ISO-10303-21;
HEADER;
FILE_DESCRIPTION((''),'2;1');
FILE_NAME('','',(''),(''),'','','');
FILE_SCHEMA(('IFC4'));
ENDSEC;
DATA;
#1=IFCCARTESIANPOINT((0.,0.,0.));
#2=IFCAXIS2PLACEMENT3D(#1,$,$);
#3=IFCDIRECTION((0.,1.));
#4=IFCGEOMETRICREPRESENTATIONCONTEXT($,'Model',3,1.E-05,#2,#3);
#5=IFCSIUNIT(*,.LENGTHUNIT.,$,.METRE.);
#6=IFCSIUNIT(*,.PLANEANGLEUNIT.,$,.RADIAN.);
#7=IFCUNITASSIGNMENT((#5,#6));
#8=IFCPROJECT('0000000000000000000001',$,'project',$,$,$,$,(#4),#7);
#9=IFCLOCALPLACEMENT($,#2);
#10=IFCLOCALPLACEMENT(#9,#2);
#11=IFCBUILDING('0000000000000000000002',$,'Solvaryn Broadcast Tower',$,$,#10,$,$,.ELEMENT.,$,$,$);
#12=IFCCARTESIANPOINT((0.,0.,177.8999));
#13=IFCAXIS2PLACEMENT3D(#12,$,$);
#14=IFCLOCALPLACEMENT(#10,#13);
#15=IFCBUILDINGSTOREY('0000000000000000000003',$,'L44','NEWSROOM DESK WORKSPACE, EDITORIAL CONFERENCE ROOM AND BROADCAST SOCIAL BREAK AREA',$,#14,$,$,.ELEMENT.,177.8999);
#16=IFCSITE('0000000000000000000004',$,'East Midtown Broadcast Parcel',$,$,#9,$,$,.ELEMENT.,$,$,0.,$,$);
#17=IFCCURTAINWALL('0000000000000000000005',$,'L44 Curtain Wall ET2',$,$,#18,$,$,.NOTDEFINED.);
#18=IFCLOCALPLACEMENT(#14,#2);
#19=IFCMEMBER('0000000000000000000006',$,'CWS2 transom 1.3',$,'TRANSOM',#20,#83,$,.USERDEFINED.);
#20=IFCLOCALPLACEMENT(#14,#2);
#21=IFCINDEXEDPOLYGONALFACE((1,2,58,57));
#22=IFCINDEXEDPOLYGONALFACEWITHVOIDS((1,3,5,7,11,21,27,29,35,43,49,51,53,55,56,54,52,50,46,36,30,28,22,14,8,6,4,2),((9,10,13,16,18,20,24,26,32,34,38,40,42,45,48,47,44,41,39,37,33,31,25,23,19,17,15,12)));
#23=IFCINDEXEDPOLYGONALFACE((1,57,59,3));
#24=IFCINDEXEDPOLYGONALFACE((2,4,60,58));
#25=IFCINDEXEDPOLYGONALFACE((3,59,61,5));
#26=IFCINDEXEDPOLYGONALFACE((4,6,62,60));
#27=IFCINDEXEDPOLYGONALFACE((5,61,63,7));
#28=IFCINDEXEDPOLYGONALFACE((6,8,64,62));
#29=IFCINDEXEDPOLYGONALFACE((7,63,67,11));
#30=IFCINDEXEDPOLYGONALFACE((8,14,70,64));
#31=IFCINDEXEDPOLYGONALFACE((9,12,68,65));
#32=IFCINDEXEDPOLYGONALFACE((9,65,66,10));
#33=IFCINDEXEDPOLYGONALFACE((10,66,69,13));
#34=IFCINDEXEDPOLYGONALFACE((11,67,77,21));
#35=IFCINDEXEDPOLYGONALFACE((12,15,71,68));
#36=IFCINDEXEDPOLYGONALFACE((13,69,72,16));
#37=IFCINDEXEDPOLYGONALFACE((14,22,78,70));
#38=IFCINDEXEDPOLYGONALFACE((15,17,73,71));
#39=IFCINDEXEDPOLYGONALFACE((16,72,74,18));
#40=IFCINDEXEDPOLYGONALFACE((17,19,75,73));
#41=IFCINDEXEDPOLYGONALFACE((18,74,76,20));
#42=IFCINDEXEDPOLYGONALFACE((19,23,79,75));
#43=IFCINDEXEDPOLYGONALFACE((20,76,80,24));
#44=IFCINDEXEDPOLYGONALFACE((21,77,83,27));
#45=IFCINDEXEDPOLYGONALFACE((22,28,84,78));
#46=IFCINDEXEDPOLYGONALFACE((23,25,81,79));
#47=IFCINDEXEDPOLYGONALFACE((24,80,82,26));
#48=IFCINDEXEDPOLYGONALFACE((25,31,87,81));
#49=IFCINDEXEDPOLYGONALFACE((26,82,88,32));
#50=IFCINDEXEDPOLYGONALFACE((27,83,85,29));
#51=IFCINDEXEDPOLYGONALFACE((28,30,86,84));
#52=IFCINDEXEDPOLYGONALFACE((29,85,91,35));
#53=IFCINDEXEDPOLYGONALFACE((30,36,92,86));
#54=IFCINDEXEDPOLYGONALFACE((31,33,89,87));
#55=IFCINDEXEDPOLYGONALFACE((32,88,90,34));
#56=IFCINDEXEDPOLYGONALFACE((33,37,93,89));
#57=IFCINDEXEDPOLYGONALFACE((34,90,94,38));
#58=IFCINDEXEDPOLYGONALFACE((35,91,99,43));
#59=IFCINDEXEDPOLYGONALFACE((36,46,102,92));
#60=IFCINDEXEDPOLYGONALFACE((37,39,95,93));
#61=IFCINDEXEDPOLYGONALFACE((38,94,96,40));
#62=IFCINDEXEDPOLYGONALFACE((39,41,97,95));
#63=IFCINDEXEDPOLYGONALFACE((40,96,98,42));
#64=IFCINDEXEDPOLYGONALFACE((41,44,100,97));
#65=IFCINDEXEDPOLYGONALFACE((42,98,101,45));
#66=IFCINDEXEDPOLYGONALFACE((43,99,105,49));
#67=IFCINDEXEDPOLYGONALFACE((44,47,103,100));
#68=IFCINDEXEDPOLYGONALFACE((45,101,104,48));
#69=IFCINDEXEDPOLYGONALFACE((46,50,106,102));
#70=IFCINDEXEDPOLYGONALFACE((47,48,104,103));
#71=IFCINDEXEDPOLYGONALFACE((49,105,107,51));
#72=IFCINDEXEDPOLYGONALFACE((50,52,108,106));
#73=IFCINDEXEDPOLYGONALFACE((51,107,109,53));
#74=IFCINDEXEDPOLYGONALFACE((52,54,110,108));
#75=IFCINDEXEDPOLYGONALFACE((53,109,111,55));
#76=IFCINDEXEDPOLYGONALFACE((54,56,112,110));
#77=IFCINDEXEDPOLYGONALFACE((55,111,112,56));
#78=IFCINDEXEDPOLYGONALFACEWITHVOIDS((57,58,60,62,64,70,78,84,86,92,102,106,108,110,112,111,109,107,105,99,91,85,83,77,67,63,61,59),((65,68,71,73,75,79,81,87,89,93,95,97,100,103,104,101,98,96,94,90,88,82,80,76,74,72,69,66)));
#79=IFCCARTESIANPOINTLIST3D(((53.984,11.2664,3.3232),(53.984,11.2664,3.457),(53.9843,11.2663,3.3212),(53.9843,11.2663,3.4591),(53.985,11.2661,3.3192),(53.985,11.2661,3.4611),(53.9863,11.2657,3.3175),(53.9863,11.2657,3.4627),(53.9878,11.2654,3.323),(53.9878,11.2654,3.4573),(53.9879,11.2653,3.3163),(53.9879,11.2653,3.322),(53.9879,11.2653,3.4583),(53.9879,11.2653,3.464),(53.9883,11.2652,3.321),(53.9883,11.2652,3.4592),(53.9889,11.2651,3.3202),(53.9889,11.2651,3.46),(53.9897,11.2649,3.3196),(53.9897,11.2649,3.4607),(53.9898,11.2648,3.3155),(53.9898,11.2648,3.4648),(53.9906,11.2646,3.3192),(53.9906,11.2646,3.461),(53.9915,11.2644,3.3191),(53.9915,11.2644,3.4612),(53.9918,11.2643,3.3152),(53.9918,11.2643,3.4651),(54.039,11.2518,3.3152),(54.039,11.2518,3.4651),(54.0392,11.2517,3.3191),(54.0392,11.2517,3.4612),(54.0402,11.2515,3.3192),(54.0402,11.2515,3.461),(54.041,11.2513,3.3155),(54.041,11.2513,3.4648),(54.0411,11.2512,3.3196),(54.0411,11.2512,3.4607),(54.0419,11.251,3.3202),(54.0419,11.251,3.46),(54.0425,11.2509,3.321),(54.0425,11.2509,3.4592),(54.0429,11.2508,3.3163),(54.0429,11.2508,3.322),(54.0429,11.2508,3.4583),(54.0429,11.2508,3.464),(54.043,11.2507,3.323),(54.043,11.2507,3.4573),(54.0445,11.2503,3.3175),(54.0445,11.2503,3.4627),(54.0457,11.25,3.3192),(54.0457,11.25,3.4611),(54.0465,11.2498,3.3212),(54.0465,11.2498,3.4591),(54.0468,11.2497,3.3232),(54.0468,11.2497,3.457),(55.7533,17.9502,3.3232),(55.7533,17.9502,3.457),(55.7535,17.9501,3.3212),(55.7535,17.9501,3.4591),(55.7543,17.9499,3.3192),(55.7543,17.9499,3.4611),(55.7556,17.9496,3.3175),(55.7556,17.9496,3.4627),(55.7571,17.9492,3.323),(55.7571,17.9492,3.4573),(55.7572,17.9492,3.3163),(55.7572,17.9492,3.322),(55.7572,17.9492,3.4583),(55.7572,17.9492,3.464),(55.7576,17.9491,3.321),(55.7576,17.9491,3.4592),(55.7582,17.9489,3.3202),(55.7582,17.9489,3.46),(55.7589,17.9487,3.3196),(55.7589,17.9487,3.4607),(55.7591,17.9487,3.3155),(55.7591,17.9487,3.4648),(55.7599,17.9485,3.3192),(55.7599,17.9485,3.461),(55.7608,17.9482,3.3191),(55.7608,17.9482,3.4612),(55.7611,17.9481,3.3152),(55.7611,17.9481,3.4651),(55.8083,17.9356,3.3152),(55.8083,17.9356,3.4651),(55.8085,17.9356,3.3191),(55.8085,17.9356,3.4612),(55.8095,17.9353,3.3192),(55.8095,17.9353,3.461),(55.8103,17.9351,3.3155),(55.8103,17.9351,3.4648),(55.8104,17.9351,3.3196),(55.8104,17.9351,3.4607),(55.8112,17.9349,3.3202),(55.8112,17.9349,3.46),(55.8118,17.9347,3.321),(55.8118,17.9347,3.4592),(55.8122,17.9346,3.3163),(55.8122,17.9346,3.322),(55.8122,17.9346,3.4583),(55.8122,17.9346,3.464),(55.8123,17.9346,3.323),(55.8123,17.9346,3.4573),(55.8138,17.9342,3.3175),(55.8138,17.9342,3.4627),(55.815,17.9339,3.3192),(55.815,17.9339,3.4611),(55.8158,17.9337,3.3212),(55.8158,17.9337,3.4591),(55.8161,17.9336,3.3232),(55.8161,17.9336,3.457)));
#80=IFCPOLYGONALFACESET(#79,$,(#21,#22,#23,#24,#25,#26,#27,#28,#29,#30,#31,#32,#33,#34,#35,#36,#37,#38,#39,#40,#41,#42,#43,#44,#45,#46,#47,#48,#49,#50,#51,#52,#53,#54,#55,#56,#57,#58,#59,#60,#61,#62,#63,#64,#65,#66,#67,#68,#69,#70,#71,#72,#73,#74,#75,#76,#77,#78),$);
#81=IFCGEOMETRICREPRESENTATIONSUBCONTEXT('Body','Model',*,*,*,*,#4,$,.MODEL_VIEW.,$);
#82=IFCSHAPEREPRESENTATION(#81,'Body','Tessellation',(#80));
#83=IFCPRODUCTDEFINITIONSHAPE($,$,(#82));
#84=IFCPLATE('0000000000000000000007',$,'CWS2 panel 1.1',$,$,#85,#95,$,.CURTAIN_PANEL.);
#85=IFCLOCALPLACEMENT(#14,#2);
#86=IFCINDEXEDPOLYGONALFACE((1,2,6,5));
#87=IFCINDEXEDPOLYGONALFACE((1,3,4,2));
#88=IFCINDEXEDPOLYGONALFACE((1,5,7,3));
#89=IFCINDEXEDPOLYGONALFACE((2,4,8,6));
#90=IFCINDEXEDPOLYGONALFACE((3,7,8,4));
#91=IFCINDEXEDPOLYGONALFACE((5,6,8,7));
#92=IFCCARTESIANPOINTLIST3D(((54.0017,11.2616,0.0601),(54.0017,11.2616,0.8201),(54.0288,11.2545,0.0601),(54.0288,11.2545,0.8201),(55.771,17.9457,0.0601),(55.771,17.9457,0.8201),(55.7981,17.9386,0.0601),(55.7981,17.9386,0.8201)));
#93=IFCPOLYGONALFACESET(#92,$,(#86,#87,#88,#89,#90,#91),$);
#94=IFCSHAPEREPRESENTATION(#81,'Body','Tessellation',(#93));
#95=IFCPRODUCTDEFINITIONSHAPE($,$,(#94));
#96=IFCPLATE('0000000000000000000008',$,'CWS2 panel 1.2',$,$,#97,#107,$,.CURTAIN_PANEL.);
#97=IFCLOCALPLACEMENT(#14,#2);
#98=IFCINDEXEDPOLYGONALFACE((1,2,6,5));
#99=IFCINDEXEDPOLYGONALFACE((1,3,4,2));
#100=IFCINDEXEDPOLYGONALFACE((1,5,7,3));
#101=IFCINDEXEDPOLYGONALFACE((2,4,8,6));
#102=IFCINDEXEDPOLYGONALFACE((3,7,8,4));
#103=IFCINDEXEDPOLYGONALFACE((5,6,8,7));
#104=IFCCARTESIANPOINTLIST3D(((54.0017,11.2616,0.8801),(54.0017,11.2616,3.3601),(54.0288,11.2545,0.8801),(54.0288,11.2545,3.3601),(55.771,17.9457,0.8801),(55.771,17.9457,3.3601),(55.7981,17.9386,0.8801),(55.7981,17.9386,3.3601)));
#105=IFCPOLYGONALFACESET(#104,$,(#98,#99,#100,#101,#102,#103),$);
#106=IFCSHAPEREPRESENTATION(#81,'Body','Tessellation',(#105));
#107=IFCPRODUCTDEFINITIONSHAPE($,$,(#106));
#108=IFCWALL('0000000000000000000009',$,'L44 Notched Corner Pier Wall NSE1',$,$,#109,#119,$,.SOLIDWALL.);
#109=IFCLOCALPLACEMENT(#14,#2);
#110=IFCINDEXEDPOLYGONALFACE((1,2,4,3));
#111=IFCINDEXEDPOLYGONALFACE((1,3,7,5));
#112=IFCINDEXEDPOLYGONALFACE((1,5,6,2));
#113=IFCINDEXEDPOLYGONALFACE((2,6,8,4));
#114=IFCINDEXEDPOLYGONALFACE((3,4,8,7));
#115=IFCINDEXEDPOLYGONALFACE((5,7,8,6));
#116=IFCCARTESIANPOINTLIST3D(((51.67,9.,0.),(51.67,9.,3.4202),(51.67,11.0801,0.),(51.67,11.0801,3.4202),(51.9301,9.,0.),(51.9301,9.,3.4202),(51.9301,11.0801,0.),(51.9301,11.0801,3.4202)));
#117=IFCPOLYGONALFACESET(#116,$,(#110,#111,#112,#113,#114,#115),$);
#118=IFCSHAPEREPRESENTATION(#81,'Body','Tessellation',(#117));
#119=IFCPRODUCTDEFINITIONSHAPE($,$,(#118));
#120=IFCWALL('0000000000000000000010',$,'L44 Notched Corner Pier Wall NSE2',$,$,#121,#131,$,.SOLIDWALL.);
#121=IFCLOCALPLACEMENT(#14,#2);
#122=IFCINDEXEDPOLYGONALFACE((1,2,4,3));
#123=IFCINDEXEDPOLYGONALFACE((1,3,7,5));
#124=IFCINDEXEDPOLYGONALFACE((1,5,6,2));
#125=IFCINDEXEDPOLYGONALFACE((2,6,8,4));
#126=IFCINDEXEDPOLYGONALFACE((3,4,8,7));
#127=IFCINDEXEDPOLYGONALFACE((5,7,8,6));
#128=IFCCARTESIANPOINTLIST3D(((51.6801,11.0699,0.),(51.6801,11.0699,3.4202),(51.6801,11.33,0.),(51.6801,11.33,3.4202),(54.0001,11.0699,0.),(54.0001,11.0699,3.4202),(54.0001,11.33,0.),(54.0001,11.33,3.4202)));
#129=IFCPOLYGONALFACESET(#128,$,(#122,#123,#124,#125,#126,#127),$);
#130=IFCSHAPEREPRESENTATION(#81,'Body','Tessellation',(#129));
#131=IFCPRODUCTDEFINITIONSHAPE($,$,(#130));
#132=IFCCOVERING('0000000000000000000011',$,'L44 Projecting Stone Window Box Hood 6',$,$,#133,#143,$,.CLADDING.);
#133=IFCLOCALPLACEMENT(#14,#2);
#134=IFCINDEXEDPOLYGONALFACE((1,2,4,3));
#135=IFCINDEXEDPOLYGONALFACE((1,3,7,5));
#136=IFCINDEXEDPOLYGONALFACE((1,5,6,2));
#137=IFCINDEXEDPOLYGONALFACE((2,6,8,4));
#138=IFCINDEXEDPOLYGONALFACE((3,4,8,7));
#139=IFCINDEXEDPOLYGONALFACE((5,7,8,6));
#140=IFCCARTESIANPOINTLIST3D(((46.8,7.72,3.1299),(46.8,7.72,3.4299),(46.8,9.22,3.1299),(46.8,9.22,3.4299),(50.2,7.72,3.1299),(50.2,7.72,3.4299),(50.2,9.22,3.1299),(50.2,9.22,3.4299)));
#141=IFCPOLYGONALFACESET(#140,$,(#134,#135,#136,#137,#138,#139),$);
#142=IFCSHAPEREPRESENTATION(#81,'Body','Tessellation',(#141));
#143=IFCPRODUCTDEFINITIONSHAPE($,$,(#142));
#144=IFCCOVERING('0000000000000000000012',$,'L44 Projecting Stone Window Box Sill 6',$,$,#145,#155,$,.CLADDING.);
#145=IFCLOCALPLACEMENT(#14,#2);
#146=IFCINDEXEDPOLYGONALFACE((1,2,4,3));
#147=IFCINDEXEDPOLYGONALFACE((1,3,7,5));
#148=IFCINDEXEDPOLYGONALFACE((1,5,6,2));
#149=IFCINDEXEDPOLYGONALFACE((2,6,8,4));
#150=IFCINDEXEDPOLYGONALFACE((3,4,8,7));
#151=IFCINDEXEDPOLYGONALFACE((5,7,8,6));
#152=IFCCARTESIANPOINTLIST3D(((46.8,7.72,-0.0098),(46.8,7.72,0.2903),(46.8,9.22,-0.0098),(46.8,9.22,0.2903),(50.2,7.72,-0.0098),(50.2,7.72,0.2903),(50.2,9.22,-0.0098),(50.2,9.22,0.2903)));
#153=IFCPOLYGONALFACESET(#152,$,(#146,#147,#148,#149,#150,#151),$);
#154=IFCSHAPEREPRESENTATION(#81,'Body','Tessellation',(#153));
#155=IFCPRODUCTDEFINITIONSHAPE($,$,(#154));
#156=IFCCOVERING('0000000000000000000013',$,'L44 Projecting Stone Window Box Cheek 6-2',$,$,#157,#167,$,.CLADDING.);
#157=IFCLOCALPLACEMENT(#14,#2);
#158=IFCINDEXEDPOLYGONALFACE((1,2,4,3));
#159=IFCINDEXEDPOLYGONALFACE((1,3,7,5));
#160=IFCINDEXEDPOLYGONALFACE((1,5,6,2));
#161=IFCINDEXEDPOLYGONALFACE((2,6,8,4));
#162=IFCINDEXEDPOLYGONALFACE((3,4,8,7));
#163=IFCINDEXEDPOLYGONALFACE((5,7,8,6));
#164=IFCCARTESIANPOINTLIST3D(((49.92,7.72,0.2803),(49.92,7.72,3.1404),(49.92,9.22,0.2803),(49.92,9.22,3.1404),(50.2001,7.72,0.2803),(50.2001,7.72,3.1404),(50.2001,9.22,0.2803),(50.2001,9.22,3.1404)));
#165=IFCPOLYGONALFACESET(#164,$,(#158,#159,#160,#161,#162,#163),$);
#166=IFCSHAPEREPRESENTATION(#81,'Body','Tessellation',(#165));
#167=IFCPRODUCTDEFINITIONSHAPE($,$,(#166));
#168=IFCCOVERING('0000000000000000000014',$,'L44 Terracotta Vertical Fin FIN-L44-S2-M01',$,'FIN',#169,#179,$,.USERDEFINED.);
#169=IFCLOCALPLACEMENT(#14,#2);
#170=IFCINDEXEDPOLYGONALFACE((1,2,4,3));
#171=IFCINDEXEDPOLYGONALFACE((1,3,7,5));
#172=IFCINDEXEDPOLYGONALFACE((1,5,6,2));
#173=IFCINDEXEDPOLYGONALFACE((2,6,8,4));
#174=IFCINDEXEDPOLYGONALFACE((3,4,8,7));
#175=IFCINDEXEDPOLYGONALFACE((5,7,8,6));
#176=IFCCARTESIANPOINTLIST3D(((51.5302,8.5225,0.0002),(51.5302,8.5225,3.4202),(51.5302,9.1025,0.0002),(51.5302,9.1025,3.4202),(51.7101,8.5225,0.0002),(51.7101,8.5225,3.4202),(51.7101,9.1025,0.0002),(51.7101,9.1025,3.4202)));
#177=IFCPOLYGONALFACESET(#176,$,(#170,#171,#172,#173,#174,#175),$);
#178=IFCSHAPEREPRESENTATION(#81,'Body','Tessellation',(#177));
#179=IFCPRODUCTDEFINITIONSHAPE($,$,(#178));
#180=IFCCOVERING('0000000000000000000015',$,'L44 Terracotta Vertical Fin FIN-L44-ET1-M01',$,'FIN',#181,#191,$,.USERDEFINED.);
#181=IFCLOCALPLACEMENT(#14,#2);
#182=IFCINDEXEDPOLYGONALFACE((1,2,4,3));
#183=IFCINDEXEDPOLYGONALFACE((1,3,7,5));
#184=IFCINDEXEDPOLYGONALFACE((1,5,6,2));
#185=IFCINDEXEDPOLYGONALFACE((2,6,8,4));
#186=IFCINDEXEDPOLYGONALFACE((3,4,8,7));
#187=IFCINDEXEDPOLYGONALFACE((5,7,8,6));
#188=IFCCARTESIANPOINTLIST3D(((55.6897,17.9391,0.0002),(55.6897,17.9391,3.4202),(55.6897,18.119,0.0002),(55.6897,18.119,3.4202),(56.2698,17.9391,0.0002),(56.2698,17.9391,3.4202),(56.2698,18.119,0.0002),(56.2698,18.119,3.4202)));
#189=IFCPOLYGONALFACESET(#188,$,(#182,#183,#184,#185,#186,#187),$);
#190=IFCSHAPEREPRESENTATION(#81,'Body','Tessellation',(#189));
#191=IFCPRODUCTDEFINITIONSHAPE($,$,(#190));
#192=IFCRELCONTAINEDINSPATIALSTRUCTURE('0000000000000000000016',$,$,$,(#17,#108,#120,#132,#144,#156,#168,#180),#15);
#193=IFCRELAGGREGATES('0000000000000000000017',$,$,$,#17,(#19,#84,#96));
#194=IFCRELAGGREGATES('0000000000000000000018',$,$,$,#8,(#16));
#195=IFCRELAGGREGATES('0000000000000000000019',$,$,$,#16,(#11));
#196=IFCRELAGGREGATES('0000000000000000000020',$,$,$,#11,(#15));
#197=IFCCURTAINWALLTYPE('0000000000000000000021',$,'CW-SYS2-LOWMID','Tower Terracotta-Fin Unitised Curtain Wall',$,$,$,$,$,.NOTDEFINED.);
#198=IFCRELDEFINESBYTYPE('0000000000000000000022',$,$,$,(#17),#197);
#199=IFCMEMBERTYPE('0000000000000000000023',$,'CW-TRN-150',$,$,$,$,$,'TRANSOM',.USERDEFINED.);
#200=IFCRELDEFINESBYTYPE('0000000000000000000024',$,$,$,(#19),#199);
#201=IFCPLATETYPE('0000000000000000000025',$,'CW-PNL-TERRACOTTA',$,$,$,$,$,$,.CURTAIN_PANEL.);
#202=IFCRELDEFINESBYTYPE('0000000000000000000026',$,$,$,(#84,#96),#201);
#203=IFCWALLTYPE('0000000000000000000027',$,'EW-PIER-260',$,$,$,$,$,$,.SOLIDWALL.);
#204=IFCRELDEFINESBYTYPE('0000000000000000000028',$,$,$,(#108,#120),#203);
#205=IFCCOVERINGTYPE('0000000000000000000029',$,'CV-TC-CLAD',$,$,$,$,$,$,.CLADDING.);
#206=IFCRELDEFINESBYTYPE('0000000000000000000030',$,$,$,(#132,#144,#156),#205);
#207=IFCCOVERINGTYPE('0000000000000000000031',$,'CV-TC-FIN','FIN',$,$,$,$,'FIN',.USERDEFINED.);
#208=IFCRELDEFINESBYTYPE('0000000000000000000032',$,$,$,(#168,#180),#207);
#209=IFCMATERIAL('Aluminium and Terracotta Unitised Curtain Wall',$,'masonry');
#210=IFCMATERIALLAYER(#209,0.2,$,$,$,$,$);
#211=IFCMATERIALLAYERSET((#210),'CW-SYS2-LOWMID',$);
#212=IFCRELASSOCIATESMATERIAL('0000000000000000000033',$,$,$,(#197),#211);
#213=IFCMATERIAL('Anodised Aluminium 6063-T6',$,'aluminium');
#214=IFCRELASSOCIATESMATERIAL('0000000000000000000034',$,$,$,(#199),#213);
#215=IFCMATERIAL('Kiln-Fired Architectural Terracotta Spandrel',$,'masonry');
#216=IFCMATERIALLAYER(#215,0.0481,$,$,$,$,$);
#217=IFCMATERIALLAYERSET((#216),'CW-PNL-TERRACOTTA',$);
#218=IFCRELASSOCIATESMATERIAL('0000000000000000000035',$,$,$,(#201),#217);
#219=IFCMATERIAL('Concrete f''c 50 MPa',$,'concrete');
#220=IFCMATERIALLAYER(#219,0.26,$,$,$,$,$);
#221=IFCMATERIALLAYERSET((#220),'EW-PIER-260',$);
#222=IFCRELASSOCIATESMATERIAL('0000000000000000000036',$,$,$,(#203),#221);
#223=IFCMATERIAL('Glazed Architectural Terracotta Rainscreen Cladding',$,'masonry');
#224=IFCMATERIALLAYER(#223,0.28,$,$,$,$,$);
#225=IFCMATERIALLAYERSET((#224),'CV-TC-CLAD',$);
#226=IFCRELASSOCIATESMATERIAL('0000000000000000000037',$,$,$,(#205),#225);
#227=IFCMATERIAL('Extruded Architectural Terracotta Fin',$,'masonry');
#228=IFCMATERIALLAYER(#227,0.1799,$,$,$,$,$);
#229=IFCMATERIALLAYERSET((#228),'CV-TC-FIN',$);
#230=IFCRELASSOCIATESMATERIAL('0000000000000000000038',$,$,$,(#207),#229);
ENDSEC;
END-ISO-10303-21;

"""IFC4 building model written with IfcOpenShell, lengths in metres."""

from ifc_helpers import new_model, si_unit, direction, frame, frame_2d, origin, origin_2d, place, context, subcontext, project, spatial, rectangle, hollow_rectangle, extrude, material, layer, layer_set, material_profile, profile_set, type_object, element, aggregate, save


model = new_model("IFC4")

# Units and contexts
model_context = context("Model", 3, precision=1e-05, world=origin(), true_north=direction((0.0, 1.0)))
body_context = subcontext(model_context, "Body", "Model", "MODEL_VIEW")
ifc_project = project(units=[si_unit("LENGTHUNIT", "METRE"), si_unit("PLANEANGLEUNIT", "RADIAN")], contexts=[model_context])

# Site, building, storey
site_placement = place(None, origin())
site = spatial("IfcSite", under=ifc_project, at=site_placement, Name="East Midtown Broadcast Parcel", CompositionType="ELEMENT", RefElevation=0.0)
building_placement = place(site_placement, origin())
building = spatial("IfcBuilding", under=site, at=building_placement, Name="Solvaryn Broadcast Tower", CompositionType="ELEMENT")
storey_placement = place(building_placement, frame((0.0, 0.0, 177.8999)))
storey = spatial("IfcBuildingStorey", under=building, at=storey_placement, Name="L44", Description="NEWSROOM DESK WORKSPACE, EDITORIAL CONFERENCE ROOM AND BROADCAST SOCIAL BREAK AREA", CompositionType="ELEMENT", Elevation=177.8999)

# Shared definitions
ifc_material_1 = material(Name="Aluminium and Terracotta Unitised Curtain Wall", Category="masonry")
ifc_layer_1 = layer(ifc_material_1, 0.2)
ifc_layer_set_1 = layer_set([ifc_layer_1], Name="CW-SYS2-LOWMID")
curtain_wall_type = type_object("IfcCurtainWallType", Name="CW-SYS2-LOWMID", Description="Tower Terracotta-Fin Unitised Curtain Wall", PredefinedType="NOTDEFINED", material=ifc_layer_set_1)

# Curtain wall, member, plates
curtain_wall_1_placement = place(storey_placement, origin())
curtain_wall_1 = element("IfcCurtainWall", 1, at=curtain_wall_1_placement, inside=storey, type_object=curtain_wall_type, Name="L44 Curtain Wall ET2", PredefinedType="NOTDEFINED")
ifc_material_2 = material(Name="Anodised Aluminium 6063-T6", Category="aluminium")
ifc_material_profile_1 = material_profile(ifc_material_2, hollow_rectangle(XDim=0.0649, YDim=0.1499, WallThickness=0.0039, InnerFilletRadius=0.0039, OuterFilletRadius=0.0081, at=origin_2d()))
ifc_profile_set_1 = profile_set([ifc_material_profile_1], Name="Anodised Aluminium 6063-T6")
member_type_1 = type_object("IfcMemberType", Name="CW-TRN-150", ElementType="TRANSOM", PredefinedType="USERDEFINED", material=ifc_profile_set_1)
member_1_placement = place(storey_placement, frame((55.7847, 17.9419, 3.3901), z_axis=(-0.255897, -0.966704, 0.0), x_axis=(0.966704, -0.255897, 0.0)))
member_1 = element("IfcMember", 2, at=member_1_placement, type_object=member_type_1, Name="CWS2 transom 1.3", ObjectType="TRANSOM", PredefinedType="USERDEFINED", context=body_context, shape_type="SweptSolid", body=[
    extrude(hollow_rectangle(XDim=0.0649, YDim=0.1499, WallThickness=0.0039, InnerFilletRadius=0.0039, OuterFilletRadius=0.0081, at=origin_2d()), origin(), (0.0, 0.0, 1.0), 6.9141),
])
ifc_material_3 = material(Name="Kiln-Fired Architectural Terracotta Spandrel", Category="masonry")
ifc_layer_2 = layer(ifc_material_3, 0.0481)
ifc_layer_set_2 = layer_set([ifc_layer_2], Name="CW-PNL-TERRACOTTA")
plate_type = type_object("IfcPlateType", Name="CW-PNL-TERRACOTTA", PredefinedType="CURTAIN_PANEL", material=ifc_layer_set_2)
plate_1_placement = place(storey_placement, frame((54.8999, 14.6001, 0.0601), z_axis=(0.0, 0.0, 1.0), x_axis=(-0.255893, -0.966705, 0.0)))
plate_1 = element("IfcPlate", 3, at=plate_1_placement, type_object=plate_type, Name="CWS2 panel 1.1", PredefinedType="CURTAIN_PANEL", context=body_context, shape_type="SweptSolid", body=[
    extrude(rectangle(XDim=6.9143, YDim=0.0281, at=origin_2d()), origin(), (0.0, 0.0, 1.0), 0.76),
])
plate_2_placement = place(storey_placement, frame((54.8999, 14.6001, 0.8801), z_axis=(0.0, 0.0, 1.0), x_axis=(-0.255893, -0.966705, 0.0)))
plate_2 = element("IfcPlate", 4, at=plate_2_placement, type_object=plate_type, Name="CWS2 panel 1.2", PredefinedType="CURTAIN_PANEL", context=body_context, shape_type="SweptSolid", body=[
    extrude(rectangle(XDim=6.9143, YDim=0.0281, at=origin_2d()), origin(), (0.0, 0.0, 1.0), 2.48),
])
aggregate(curtain_wall_1, [member_1, plate_1, plate_2])

# Walls
ifc_material_4 = material(Name="Concrete f'c 50 MPa", Category="concrete")
ifc_layer_3 = layer(ifc_material_4, 0.26)
ifc_layer_set_3 = layer_set([ifc_layer_3], Name="EW-PIER-260")
wall_type = type_object("IfcWallType", Name="EW-PIER-260", PredefinedType="SOLIDWALL", material=ifc_layer_set_3)
wall_1_placement = place(storey_placement, frame((51.8, 9.0, 0.0), z_axis=(0.0, 0.0, 1.0), x_axis=(0.0, 1.0, 0.0)))
element("IfcWall", 5, at=wall_1_placement, inside=storey, type_object=wall_type, Name="L44 Notched Corner Pier Wall NSE1", PredefinedType="SOLIDWALL", context=body_context, shape_type="SweptSolid", body=[
    extrude(rectangle(XDim=2.0801, YDim=0.26, at=frame_2d((1.04, 0.0))), origin(), (0.0, 0.0, 1.0), 3.4202),
])
wall_2_placement = place(storey_placement, frame((51.6799, 11.2, 0.0), z_axis=(0.0, 0.0, 1.0), x_axis=(1.0, 0.0, 0.0)))
element("IfcWall", 6, at=wall_2_placement, inside=storey, type_object=wall_type, Name="L44 Notched Corner Pier Wall NSE2", PredefinedType="SOLIDWALL", context=body_context, shape_type="SweptSolid", body=[
    extrude(rectangle(XDim=2.3201, YDim=0.26, at=frame_2d((1.1602, 0.0))), origin(), (0.0, 0.0, 1.0), 3.4202),
])

# Coverings
ifc_material_5 = material(Name="Glazed Architectural Terracotta Rainscreen Cladding", Category="masonry")
ifc_layer_4 = layer(ifc_material_5, 0.28)
ifc_layer_set_4 = layer_set([ifc_layer_4], Name="CV-TC-CLAD")
covering_type_1 = type_object("IfcCoveringType", Name="CV-TC-CLAD", PredefinedType="CLADDING", material=ifc_layer_set_4)
for number, where, z_axis, x_axis, name in (
    (7, (48.5, 8.47, 3.1299), (0.0, 0.0, 1.0), (1.0, 0.0, 0.0), "L44 Projecting Stone Window Box Hood 6"),
    (8, (48.5, 8.47, -0.0098), (0.0, 0.0, 1.0), (1.0, 0.0, 0.0), "L44 Projecting Stone Window Box Sill 6"),
):
    element("IfcCovering", number, at=place(storey_placement, frame(where, z_axis=z_axis, x_axis=x_axis)), inside=storey, type_object=covering_type_1, Name=name, PredefinedType="CLADDING", context=body_context, shape_type="SweptSolid", body=[
        extrude(rectangle(XDim=3.3999, YDim=1.5, at=origin_2d()), origin(), (0.0, 0.0, 1.0), 0.3),
    ])
covering_1_placement = place(storey_placement, frame((50.0601, 8.47, 0.2803), z_axis=(0.0, 0.0, 1.0), x_axis=(1.0, 0.0, 0.0)))
element("IfcCovering", 9, at=covering_1_placement, inside=storey, type_object=covering_type_1, Name="L44 Projecting Stone Window Box Cheek 6-2", PredefinedType="CLADDING", context=body_context, shape_type="SweptSolid", body=[
    extrude(rectangle(XDim=0.28, YDim=1.5, at=origin_2d()), origin(), (0.0, 0.0, 1.0), 2.8601),
])
ifc_material_6 = material(Name="Extruded Architectural Terracotta Fin", Category="masonry")
ifc_layer_5 = layer(ifc_material_6, 0.1799)
ifc_layer_set_5 = layer_set([ifc_layer_5], Name="CV-TC-FIN")
covering_type_2 = type_object("IfcCoveringType", Name="CV-TC-FIN", Description="FIN", ElementType="FIN", PredefinedType="USERDEFINED", material=ifc_layer_set_5)
covering_2_placement = place(storey_placement, frame((51.6201, 8.8125, 0.0002), z_axis=(0.0, 0.0, 1.0), x_axis=(1.0, 0.0, 0.0)))
element("IfcCovering", 10, at=covering_2_placement, inside=storey, type_object=covering_type_2, Name="L44 Terracotta Vertical Fin FIN-L44-S2-M01", ObjectType="FIN", PredefinedType="USERDEFINED", context=body_context, shape_type="SweptSolid", body=[
    extrude(rectangle(XDim=0.1799, YDim=0.5801, at=origin_2d()), origin(), (0.0, 0.0, 1.0), 3.4199),
])
for number, where, z_axis, x_axis, name in (
    (11, (55.9797, 18.0291, 0.0002), (0.0, 0.0, 1.0), (1.0, 0.0, 0.0), "L44 Terracotta Vertical Fin FIN-L44-ET1-M01"),
):
    element("IfcCovering", number, at=place(storey_placement, frame(where, z_axis=z_axis, x_axis=x_axis)), inside=storey, type_object=covering_type_2, Name=name, ObjectType="FIN", PredefinedType="USERDEFINED", context=body_context, shape_type="SweptSolid", body=[
        extrude(rectangle(XDim=0.5801, YDim=0.1799, at=origin_2d()), origin(), (0.0, 0.0, 1.0), 3.4199),
    ])

save(model, "model.ifc")
